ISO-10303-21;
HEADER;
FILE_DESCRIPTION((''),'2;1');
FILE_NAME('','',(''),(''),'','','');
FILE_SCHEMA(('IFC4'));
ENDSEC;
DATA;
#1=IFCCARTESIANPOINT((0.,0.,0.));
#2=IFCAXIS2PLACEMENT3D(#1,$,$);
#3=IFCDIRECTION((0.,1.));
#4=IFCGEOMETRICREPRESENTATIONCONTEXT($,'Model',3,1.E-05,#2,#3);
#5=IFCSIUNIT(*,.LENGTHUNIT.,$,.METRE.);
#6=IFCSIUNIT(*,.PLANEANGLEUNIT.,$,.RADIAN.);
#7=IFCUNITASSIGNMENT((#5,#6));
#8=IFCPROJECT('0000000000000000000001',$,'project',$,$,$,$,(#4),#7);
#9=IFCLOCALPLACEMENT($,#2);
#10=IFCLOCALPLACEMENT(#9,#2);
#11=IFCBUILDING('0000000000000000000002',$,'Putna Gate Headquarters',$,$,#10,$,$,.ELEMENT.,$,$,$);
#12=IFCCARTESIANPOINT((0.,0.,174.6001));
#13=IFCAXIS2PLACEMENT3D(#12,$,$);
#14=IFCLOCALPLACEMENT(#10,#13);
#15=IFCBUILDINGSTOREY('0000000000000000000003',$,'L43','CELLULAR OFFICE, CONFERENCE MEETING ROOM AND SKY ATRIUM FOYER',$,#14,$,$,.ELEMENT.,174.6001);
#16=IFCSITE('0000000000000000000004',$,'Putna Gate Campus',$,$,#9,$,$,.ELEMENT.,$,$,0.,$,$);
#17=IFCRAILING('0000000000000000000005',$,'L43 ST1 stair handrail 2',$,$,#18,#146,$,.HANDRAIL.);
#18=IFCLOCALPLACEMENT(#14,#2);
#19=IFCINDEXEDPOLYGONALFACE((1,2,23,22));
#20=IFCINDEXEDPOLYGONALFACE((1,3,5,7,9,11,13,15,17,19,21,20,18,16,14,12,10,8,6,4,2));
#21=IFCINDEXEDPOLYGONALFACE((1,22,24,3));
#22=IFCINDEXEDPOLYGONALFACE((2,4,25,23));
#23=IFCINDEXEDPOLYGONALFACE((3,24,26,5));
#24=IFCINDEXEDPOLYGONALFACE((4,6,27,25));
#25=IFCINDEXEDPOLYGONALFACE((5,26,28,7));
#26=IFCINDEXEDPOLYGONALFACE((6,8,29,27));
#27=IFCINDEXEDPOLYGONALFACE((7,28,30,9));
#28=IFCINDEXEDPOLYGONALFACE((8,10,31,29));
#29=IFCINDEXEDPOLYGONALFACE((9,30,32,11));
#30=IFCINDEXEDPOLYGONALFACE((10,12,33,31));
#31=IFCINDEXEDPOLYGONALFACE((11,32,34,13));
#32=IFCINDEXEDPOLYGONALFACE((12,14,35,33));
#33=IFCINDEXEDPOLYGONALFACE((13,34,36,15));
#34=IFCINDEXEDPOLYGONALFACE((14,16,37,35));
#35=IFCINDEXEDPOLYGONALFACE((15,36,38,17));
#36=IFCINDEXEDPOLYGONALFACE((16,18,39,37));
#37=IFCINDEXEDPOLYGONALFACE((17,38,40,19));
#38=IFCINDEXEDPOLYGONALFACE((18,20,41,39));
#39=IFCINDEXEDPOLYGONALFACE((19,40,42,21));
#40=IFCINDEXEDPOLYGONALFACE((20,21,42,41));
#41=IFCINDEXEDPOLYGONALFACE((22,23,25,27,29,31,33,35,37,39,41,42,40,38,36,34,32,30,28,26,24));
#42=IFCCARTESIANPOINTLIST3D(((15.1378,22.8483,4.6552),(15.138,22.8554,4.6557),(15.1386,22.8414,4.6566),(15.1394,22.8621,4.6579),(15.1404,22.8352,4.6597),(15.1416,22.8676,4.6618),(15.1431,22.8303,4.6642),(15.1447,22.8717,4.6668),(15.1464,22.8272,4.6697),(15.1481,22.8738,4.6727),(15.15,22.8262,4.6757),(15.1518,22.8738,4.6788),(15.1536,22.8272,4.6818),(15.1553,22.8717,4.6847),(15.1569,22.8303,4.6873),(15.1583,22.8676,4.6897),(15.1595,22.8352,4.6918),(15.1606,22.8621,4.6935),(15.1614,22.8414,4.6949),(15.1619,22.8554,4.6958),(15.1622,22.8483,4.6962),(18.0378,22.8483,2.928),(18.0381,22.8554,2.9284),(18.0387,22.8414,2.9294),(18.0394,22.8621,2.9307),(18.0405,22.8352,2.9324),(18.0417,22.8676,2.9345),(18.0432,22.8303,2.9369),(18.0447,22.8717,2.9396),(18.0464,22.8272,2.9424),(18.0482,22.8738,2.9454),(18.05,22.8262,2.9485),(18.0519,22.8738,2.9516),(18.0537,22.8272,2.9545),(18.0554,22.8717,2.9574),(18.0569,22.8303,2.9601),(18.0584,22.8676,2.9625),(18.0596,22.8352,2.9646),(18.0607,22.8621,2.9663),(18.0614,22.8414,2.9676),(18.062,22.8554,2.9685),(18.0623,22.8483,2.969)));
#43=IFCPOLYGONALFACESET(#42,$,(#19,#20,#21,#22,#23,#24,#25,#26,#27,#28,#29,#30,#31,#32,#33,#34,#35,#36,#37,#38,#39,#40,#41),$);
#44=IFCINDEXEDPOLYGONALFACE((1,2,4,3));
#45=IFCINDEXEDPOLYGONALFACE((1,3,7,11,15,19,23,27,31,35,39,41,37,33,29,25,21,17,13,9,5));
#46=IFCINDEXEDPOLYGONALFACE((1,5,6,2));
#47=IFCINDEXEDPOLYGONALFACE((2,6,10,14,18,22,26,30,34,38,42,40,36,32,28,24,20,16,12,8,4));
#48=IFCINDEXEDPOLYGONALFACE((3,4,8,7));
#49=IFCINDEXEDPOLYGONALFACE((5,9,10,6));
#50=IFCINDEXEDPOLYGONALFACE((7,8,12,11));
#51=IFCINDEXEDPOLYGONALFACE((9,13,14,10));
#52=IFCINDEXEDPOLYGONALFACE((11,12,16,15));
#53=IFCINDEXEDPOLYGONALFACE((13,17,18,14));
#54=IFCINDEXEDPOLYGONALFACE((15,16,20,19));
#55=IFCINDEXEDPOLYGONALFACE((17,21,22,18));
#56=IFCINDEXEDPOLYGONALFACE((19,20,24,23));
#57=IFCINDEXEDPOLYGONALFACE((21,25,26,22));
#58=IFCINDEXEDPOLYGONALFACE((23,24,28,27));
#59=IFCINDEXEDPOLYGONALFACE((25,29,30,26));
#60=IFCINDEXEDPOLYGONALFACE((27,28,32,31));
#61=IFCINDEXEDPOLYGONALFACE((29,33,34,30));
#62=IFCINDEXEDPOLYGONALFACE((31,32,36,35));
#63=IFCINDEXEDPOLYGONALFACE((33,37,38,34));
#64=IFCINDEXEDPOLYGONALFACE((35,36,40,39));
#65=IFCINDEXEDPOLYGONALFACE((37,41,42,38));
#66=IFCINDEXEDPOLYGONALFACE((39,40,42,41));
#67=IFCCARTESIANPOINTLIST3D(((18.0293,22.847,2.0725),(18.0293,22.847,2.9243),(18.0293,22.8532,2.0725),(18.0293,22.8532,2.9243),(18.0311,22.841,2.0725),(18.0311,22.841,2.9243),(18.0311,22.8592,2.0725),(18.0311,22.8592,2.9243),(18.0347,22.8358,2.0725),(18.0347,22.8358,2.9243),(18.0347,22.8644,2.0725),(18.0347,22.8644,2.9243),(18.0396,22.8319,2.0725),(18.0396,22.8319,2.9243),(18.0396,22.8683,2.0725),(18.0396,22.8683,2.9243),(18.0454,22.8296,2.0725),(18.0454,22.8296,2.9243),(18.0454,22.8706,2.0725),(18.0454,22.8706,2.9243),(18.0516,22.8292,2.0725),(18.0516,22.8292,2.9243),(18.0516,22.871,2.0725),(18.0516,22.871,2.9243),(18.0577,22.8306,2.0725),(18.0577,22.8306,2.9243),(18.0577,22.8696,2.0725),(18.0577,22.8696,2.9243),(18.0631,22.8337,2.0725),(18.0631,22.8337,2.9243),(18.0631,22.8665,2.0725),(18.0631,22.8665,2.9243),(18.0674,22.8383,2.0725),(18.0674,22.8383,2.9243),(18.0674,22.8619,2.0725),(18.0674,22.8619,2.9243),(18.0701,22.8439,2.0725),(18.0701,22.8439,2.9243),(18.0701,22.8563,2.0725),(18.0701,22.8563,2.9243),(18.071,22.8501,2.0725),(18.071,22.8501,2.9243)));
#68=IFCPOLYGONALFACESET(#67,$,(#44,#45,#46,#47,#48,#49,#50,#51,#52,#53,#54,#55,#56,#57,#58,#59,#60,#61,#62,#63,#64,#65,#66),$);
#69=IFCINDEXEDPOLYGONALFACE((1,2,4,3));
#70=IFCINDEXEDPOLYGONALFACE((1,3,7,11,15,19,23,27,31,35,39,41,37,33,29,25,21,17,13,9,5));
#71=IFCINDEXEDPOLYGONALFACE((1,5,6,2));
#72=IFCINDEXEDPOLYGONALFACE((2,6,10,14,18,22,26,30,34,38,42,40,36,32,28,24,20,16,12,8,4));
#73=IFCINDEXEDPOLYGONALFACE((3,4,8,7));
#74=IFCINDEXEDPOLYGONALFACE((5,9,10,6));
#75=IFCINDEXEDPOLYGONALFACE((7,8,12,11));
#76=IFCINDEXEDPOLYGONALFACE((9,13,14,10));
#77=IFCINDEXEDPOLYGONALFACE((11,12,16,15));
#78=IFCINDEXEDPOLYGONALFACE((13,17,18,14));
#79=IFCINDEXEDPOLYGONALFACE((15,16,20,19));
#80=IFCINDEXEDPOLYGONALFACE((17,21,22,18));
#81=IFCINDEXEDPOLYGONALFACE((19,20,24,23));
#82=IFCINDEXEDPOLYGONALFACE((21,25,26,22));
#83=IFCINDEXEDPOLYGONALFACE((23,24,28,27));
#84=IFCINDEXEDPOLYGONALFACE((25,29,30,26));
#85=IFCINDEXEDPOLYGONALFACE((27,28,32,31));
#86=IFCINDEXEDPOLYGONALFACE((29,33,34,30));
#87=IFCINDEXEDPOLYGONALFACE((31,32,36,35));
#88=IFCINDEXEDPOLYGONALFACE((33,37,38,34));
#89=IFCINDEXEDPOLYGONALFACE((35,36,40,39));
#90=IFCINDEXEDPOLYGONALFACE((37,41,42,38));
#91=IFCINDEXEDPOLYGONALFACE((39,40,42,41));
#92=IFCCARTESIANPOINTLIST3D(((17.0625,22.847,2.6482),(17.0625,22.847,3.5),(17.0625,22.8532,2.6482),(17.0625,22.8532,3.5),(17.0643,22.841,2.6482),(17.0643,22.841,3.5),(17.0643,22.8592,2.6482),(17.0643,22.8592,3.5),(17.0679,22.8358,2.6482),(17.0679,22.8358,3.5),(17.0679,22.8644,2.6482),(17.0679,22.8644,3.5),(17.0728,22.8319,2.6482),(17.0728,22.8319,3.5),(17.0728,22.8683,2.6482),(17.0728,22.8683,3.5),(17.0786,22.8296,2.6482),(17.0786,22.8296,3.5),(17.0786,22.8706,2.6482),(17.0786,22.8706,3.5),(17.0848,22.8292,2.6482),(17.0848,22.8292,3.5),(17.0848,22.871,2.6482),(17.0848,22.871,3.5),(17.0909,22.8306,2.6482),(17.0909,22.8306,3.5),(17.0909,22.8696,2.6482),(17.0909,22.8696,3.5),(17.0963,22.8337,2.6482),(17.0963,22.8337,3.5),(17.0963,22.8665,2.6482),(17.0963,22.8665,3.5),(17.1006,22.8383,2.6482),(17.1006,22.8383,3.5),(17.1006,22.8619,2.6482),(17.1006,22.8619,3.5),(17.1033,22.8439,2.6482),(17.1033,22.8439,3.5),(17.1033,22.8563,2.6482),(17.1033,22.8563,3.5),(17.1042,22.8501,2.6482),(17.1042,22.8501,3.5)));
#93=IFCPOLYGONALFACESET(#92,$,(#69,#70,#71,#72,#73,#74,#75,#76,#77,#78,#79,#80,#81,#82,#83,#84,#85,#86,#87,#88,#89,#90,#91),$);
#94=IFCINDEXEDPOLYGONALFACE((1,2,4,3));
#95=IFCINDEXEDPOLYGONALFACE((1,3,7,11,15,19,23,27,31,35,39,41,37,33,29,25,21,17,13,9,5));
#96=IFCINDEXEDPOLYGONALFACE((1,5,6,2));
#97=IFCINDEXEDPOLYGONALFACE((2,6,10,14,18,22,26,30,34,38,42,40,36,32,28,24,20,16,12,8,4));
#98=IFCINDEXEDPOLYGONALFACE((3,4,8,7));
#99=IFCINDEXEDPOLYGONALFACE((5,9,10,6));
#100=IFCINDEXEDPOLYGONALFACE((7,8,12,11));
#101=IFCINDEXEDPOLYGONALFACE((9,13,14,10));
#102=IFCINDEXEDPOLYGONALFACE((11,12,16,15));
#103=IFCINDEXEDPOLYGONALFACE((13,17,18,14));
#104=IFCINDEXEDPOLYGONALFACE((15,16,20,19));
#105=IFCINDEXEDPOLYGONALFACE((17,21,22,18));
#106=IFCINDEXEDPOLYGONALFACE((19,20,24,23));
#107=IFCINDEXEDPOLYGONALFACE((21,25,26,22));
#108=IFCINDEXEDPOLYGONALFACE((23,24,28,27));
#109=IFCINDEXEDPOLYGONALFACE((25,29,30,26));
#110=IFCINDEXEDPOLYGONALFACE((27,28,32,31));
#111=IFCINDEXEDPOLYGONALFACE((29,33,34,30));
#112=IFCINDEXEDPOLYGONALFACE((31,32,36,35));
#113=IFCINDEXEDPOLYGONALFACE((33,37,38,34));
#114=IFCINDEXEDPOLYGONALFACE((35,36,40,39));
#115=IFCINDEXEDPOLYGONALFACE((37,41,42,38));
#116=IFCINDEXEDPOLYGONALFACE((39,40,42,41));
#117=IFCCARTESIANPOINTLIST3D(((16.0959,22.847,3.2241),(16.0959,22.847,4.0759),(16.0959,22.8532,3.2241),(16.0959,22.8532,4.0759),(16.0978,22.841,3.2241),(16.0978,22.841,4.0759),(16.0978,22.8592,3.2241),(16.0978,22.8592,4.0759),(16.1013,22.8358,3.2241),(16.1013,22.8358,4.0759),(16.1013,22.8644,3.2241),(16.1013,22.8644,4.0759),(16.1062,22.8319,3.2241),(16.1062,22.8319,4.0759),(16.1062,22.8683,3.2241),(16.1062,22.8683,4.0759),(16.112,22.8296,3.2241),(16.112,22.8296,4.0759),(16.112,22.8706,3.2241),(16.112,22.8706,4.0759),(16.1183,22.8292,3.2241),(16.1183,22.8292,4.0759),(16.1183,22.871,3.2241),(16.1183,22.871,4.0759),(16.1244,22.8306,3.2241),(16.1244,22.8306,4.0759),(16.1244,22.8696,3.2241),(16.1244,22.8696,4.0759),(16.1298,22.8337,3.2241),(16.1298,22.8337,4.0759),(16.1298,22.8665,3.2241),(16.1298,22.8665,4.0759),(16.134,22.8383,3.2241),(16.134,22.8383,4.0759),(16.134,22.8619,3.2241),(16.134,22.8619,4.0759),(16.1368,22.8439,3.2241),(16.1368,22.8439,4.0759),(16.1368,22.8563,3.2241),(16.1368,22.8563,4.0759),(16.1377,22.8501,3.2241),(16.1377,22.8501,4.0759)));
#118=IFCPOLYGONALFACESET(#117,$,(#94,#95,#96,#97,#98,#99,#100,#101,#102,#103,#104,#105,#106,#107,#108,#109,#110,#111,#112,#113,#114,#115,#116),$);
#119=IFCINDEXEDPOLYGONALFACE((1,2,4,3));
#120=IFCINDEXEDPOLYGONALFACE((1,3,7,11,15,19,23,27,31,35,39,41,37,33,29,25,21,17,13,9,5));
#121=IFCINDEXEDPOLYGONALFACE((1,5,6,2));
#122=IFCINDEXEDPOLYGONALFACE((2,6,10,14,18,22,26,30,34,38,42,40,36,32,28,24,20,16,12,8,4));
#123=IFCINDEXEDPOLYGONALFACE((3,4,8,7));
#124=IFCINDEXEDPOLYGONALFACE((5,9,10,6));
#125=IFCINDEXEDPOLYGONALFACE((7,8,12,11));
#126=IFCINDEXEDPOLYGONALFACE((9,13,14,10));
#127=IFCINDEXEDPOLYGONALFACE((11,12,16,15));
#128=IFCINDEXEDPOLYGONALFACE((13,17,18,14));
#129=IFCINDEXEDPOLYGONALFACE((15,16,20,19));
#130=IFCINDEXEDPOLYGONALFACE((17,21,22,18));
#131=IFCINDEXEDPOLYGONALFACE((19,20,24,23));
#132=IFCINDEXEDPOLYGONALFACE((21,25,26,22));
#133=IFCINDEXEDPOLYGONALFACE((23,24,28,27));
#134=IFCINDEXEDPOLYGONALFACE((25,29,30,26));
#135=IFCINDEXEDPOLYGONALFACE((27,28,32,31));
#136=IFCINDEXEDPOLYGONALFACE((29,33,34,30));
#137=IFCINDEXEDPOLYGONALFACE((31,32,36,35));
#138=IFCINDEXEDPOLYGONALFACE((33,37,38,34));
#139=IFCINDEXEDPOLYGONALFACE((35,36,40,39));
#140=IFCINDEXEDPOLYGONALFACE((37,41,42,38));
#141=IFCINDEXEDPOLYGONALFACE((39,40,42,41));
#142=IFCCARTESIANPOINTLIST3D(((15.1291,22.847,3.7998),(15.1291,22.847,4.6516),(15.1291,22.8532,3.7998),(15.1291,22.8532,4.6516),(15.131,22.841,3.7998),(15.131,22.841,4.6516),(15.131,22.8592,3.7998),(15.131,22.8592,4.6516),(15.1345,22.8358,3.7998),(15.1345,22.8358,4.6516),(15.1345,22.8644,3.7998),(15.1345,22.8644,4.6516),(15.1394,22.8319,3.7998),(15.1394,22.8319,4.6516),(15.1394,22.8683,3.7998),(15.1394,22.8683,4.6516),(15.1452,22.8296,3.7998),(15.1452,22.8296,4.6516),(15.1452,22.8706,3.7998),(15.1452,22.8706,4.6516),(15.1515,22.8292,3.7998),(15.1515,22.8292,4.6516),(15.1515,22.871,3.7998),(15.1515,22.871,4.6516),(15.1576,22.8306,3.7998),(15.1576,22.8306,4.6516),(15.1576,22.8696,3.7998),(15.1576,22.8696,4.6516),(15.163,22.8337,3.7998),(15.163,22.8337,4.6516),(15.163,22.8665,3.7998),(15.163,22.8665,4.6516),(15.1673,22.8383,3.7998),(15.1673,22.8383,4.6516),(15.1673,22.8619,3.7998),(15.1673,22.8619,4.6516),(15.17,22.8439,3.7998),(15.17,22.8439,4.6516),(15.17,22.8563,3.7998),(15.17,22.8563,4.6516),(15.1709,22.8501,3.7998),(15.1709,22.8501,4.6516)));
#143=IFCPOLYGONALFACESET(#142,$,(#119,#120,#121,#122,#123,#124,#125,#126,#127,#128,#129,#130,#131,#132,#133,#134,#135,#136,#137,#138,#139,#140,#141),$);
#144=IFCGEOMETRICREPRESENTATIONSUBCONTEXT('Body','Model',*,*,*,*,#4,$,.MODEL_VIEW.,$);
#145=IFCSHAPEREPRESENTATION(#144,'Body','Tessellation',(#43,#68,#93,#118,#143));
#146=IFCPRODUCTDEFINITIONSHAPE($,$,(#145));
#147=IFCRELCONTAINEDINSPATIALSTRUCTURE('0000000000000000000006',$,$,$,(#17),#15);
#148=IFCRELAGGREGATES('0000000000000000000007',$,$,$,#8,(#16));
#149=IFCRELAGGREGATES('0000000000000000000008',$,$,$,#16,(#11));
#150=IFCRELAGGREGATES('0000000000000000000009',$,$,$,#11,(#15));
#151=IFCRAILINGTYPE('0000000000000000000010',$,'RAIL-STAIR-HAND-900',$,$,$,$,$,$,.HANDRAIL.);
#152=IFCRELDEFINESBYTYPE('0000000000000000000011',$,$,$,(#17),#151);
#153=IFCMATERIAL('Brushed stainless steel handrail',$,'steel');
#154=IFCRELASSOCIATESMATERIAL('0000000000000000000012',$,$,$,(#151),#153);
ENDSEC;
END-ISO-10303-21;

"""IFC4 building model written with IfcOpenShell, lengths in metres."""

from ifc_helpers import new_model, si_unit, direction, frame, origin, origin_2d, place, context, subcontext, project, spatial, circle, extrude, material, type_object, element, save


model = new_model("IFC4")

# Units and contexts
model_context = context("Model", 3, precision=1e-05, world=origin(), true_north=direction((0.0, 1.0)))
body_context = subcontext(model_context, "Body", "Model", "MODEL_VIEW")
ifc_project = project(units=[si_unit("LENGTHUNIT", "METRE"), si_unit("PLANEANGLEUNIT", "RADIAN")], contexts=[model_context])

# Site, building, storey
site_placement = place(None, origin())
site = spatial("IfcSite", under=ifc_project, at=site_placement, Name="Putna Gate Campus", CompositionType="ELEMENT", RefElevation=0.0)
building_placement = place(site_placement, origin())
building = spatial("IfcBuilding", under=site, at=building_placement, Name="Putna Gate Headquarters", CompositionType="ELEMENT")
storey_placement = place(building_placement, frame((0.0, 0.0, 174.6001)))
storey = spatial("IfcBuildingStorey", under=building, at=storey_placement, Name="L43", Description="CELLULAR OFFICE, CONFERENCE MEETING ROOM AND SKY ATRIUM FOYER", CompositionType="ELEMENT", Elevation=174.6001)

# Railing
ifc_material_1 = material(Name="Brushed stainless steel handrail", Category="steel")
railing_type_1 = type_object("IfcRailingType", Name="RAIL-STAIR-HAND-900", PredefinedType="HANDRAIL", material=ifc_material_1)
railing_1_placement = place(storey_placement, frame((18.05, 22.8501, 2.0725)))
element("IfcRailing", 1, at=railing_1_placement, inside=storey, type_object=railing_type_1, Name="L43 ST1 stair handrail 2", PredefinedType="HANDRAIL", context=body_context, shape_type="SweptSolid", body=[
    extrude(circle(Radius=0.0239, at=origin_2d()), frame((0.0, 0.0, 0.876), z_axis=(-0.85916, 0.0, 0.511706), x_axis=(0.0, -1.0, 0.0)), (0.0, 0.0, 1.0), 3.3755),
    extrude(circle(Radius=0.021, at=origin_2d()), origin(), (0.0, 0.0, 1.0), 0.8518),
    extrude(circle(Radius=0.021, at=origin_2d()), frame((-0.9668, 0.0, 0.5757)), (0.0, 0.0, 1.0), 0.8518),
    extrude(circle(Radius=0.021, at=origin_2d()), frame((-1.9333, 0.0, 1.1516)), (0.0, 0.0, 1.0), 0.8518),
    extrude(circle(Radius=0.021, at=origin_2d()), frame((-2.9001, 0.0, 1.7273)), (0.0, 0.0, 1.0), 0.8518),
])

save(model, "model.ifc")
